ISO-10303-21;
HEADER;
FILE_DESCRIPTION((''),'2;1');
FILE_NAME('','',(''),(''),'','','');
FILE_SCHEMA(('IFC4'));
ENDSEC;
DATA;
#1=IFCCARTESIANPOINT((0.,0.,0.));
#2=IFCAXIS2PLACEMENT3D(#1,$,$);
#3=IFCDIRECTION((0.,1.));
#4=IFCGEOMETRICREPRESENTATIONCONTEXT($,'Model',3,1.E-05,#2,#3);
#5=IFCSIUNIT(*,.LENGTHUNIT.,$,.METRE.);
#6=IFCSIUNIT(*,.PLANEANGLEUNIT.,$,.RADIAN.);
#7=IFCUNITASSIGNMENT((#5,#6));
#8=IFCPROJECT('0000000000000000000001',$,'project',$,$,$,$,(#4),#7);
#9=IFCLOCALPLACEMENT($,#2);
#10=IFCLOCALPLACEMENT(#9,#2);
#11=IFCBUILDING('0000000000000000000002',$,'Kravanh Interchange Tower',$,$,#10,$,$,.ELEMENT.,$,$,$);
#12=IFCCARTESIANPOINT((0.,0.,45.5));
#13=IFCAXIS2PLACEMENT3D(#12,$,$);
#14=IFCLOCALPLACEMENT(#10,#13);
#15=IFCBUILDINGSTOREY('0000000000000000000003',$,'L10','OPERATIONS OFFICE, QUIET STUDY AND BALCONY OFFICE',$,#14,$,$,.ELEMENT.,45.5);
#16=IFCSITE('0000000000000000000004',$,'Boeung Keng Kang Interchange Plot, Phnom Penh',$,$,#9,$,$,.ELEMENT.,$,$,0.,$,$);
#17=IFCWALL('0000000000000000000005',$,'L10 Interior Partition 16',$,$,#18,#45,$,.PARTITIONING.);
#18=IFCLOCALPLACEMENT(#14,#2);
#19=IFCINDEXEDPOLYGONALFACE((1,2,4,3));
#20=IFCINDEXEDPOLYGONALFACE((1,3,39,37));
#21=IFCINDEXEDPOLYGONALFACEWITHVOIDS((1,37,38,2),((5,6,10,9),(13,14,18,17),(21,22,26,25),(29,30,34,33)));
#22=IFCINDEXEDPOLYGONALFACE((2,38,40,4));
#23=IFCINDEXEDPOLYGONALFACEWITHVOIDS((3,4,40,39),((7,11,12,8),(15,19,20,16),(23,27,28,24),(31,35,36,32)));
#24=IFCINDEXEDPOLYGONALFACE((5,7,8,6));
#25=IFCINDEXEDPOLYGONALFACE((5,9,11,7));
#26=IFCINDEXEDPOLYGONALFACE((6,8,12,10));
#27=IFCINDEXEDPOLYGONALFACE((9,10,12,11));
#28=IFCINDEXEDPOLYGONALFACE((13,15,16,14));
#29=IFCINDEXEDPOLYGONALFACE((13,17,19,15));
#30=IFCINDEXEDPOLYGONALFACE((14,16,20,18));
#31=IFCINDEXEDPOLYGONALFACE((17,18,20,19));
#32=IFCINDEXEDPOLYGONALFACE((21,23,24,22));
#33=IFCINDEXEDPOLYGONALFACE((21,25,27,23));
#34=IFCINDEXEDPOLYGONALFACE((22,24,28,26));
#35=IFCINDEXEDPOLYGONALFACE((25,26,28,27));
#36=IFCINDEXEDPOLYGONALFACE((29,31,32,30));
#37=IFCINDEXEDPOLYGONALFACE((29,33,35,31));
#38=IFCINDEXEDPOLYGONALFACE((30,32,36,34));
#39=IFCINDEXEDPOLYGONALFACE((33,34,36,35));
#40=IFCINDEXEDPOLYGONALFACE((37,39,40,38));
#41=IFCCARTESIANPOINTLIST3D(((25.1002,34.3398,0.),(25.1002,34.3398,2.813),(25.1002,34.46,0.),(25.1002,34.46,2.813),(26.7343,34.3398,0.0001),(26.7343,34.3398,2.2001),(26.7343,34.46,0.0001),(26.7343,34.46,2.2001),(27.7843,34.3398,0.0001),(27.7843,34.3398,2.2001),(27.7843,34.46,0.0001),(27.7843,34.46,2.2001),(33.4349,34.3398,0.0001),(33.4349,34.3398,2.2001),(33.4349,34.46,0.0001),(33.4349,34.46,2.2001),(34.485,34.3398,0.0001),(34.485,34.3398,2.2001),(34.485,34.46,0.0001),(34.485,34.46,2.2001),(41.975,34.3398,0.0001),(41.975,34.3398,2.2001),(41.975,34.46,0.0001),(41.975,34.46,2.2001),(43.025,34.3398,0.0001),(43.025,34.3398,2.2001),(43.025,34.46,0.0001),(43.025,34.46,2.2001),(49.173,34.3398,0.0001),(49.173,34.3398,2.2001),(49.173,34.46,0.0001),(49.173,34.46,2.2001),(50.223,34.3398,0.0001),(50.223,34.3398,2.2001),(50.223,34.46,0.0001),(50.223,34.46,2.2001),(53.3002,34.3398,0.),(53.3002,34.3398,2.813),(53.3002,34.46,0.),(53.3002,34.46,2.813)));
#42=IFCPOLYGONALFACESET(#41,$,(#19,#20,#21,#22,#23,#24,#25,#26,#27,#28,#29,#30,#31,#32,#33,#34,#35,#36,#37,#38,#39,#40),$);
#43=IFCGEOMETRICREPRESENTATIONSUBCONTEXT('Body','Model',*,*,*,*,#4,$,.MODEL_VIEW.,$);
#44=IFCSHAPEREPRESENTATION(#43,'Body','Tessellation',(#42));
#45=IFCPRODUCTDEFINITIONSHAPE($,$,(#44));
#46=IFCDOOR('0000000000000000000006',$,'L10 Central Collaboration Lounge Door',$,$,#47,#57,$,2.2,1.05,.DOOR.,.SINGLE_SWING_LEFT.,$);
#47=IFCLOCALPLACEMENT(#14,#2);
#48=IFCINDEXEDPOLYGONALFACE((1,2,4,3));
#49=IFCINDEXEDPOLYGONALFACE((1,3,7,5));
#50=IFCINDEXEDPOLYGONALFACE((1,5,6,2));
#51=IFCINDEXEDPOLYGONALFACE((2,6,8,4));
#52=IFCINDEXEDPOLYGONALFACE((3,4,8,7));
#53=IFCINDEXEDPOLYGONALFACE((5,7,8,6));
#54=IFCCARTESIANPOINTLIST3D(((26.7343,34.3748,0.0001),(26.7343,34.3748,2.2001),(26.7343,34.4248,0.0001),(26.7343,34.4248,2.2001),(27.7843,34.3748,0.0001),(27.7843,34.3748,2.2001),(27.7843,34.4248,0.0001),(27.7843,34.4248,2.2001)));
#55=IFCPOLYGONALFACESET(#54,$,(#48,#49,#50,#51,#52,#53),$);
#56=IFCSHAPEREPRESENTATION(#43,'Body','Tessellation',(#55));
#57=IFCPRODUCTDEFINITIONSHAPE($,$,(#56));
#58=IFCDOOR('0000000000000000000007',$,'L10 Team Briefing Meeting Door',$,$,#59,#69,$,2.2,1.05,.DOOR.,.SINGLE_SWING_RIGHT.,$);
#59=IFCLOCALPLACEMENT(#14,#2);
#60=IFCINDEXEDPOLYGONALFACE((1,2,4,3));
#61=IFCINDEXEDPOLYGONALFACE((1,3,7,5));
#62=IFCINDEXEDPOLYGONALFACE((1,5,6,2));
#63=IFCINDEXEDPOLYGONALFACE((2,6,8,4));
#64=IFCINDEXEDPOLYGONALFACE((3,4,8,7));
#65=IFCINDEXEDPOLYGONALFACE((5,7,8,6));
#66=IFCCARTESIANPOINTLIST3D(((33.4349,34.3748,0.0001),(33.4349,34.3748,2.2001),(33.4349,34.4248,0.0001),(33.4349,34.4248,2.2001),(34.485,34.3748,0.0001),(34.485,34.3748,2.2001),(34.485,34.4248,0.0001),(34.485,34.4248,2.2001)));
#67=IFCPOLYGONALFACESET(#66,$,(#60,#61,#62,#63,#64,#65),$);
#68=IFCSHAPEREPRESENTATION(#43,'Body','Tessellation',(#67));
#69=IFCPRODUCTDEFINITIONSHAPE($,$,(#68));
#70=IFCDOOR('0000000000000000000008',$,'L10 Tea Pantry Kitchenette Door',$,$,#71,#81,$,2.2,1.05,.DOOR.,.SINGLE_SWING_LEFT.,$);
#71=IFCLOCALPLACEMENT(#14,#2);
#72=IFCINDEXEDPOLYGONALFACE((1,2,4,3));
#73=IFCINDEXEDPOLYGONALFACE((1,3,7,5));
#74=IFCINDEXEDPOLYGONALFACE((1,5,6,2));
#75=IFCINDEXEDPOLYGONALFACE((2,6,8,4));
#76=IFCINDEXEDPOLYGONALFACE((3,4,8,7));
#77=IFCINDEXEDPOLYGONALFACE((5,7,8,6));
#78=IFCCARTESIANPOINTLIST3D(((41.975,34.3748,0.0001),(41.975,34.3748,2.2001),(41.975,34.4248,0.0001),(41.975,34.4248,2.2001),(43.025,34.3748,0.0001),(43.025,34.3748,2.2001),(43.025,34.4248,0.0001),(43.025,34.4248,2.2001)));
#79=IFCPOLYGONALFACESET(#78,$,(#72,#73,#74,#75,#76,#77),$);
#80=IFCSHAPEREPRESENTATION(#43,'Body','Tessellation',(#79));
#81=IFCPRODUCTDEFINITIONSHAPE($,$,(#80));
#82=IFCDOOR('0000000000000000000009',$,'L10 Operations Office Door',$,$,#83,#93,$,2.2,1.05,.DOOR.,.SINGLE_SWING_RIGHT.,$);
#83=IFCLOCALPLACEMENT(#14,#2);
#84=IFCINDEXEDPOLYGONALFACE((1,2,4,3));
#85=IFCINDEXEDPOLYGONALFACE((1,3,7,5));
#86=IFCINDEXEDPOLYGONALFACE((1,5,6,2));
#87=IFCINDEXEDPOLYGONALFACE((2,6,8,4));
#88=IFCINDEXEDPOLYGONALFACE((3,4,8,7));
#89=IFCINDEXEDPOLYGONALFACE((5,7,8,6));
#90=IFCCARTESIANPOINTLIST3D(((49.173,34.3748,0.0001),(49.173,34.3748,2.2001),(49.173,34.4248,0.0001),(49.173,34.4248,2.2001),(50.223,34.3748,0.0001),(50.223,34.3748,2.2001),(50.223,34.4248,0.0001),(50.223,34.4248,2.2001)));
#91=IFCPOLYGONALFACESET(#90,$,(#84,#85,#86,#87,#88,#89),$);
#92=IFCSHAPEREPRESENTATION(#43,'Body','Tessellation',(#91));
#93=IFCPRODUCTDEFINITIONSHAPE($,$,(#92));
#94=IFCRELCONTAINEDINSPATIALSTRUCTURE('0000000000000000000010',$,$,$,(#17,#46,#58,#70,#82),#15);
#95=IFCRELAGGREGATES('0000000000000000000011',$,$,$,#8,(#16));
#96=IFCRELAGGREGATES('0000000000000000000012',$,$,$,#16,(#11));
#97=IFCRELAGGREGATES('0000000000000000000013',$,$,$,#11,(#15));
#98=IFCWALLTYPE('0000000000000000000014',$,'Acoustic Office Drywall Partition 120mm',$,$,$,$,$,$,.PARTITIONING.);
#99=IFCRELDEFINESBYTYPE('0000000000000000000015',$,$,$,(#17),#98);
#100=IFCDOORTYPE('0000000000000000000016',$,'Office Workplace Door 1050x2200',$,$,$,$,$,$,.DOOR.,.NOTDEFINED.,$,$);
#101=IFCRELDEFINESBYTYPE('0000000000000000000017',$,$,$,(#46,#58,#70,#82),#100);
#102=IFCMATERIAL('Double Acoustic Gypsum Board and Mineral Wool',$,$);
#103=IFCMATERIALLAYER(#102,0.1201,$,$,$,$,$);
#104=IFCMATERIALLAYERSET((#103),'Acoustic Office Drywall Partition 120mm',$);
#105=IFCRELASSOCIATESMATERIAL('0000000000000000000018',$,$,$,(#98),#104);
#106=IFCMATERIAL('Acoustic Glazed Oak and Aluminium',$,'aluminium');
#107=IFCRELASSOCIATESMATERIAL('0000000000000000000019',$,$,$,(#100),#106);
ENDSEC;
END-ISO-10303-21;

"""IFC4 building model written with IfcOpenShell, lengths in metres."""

from ifc_helpers import new_model, si_unit, direction, frame, frame_2d, origin, place, context, subcontext, project, spatial, rectangle, extrude, material, layer, layer_set, type_object, element, fill, save


model = new_model("IFC4")

# Units and contexts
model_context = context("Model", 3, precision=1e-05, world=origin(), true_north=direction((0.0, 1.0)))
body_context = subcontext(model_context, "Body", "Model", "MODEL_VIEW")
ifc_project = project(units=[si_unit("LENGTHUNIT", "METRE"), si_unit("PLANEANGLEUNIT", "RADIAN")], contexts=[model_context])

# Site, building, storey
site_placement = place(None, origin())
site = spatial("IfcSite", under=ifc_project, at=site_placement, Name="Boeung Keng Kang Interchange Plot, Phnom Penh", CompositionType="ELEMENT", RefElevation=0.0)
building_placement = place(site_placement, origin())
building = spatial("IfcBuilding", under=site, at=building_placement, Name="Kravanh Interchange Tower", CompositionType="ELEMENT")
storey_placement = place(building_placement, frame((0.0, 0.0, 45.5)))
storey = spatial("IfcBuildingStorey", under=building, at=storey_placement, Name="L10", Description="OPERATIONS OFFICE, QUIET STUDY AND BALCONY OFFICE", CompositionType="ELEMENT", Elevation=45.5)

# Wall, openings, doors
ifc_material_1 = material(Name="Double Acoustic Gypsum Board and Mineral Wool")
ifc_layer = layer(ifc_material_1, 0.1201)
ifc_layer_set = layer_set([ifc_layer], Name="Acoustic Office Drywall Partition 120mm")
wall_type = type_object("IfcWallType", Name="Acoustic Office Drywall Partition 120mm", PredefinedType="PARTITIONING", material=ifc_layer_set)
wall_placement = place(storey_placement, frame((25.1001, 34.3999, 0.0), z_axis=(0.0, 0.0, 1.0), x_axis=(1.0, 0.0, 0.0)))
wall = element("IfcWall", 1, at=wall_placement, inside=storey, type_object=wall_type, Name="L10 Interior Partition 16", PredefinedType="PARTITIONING", context=body_context, shape_type="SweptSolid", body=[
    extrude(rectangle(XDim=28.2, YDim=0.1201, at=frame_2d((14.1001, 0.0))), origin(), (0.0, 0.0, 1.0), 2.813),
])
opening_1_placement = place(wall_placement, frame((1.6343, 0.0, 0.0)))
opening_1 = element("IfcOpeningElement", 2, at=opening_1_placement, cuts=wall, PredefinedType="OPENING", context=body_context, shape_type="SweptSolid", body=[
    extrude(rectangle(XDim=1.05, YDim=2.2, at=frame_2d((0.5249, 1.1001))), frame((0.0, 0.0701, 0.0), z_axis=(0.0, -1.0, 0.0), x_axis=(1.0, 0.0, 0.0)), (0.0, 0.0, 1.0), 0.1401),
])
opening_2_placement = place(wall_placement, frame((8.335, 0.0, 0.0)))
opening_2 = element("IfcOpeningElement", 3, at=opening_2_placement, cuts=wall, PredefinedType="OPENING", context=body_context, shape_type="SweptSolid", body=[
    extrude(rectangle(XDim=1.05, YDim=2.2, at=frame_2d((0.5249, 1.1001))), frame((0.0, 0.0701, 0.0), z_axis=(0.0, -1.0, 0.0), x_axis=(1.0, 0.0, 0.0)), (0.0, 0.0, 1.0), 0.1401),
])
opening_3_placement = place(wall_placement, frame((16.875, 0.0, 0.0)))
opening_3 = element("IfcOpeningElement", 4, at=opening_3_placement, cuts=wall, PredefinedType="OPENING", context=body_context, shape_type="SweptSolid", body=[
    extrude(rectangle(XDim=1.05, YDim=2.2, at=frame_2d((0.5249, 1.1001))), frame((0.0, 0.0701, 0.0), z_axis=(0.0, -1.0, 0.0), x_axis=(1.0, 0.0, 0.0)), (0.0, 0.0, 1.0), 0.1401),
])
opening_4_placement = place(wall_placement, frame((24.073, 0.0, 0.0)))
opening_4 = element("IfcOpeningElement", 5, at=opening_4_placement, cuts=wall, PredefinedType="OPENING", context=body_context, shape_type="SweptSolid", body=[
    extrude(rectangle(XDim=1.05, YDim=2.2, at=frame_2d((0.5249, 1.1001))), frame((0.0, 0.0701, 0.0), z_axis=(0.0, -1.0, 0.0), x_axis=(1.0, 0.0, 0.0)), (0.0, 0.0, 1.0), 0.1401),
])
ifc_material_2 = material(Name="Acoustic Glazed Oak and Aluminium", Category="aluminium")
door_type = type_object("IfcDoorType", Name="Office Workplace Door 1050x2200", OperationType="NOTDEFINED", PredefinedType="DOOR", material=ifc_material_2)
door_1_placement = place(opening_1_placement, origin())
door_1 = element("IfcDoor", 6, at=door_1_placement, inside=storey, type_object=door_type, Name="L10 Central Collaboration Lounge Door", OperationType="SINGLE_SWING_LEFT", OverallHeight=2.2, OverallWidth=1.05, PredefinedType="DOOR", context=body_context, shape_type="SweptSolid", body=[
    extrude(rectangle(XDim=1.05, YDim=2.2, at=frame_2d((0.5249, 1.1001))), frame((0.0, 0.0249, 0.0), z_axis=(0.0, -1.0, 0.0), x_axis=(1.0, 0.0, 0.0)), (0.0, 0.0, 1.0), 0.05),
])
fill(opening_1, door_1)
door_2_placement = place(opening_2_placement, origin())
door_2 = element("IfcDoor", 7, at=door_2_placement, inside=storey, type_object=door_type, Name="L10 Team Briefing Meeting Door", OperationType="SINGLE_SWING_RIGHT", OverallHeight=2.2, OverallWidth=1.05, PredefinedType="DOOR", context=body_context, shape_type="SweptSolid", body=[
    extrude(rectangle(XDim=1.05, YDim=2.2, at=frame_2d((0.5249, 1.1001))), frame((0.0, 0.0249, 0.0), z_axis=(0.0, -1.0, 0.0), x_axis=(1.0, 0.0, 0.0)), (0.0, 0.0, 1.0), 0.05),
])
fill(opening_2, door_2)
door_3_placement = place(opening_3_placement, origin())
door_3 = element("IfcDoor", 8, at=door_3_placement, inside=storey, type_object=door_type, Name="L10 Tea Pantry Kitchenette Door", OperationType="SINGLE_SWING_LEFT", OverallHeight=2.2, OverallWidth=1.05, PredefinedType="DOOR", context=body_context, shape_type="SweptSolid", body=[
    extrude(rectangle(XDim=1.05, YDim=2.2, at=frame_2d((0.5249, 1.1001))), frame((0.0, 0.0249, 0.0), z_axis=(0.0, -1.0, 0.0), x_axis=(1.0, 0.0, 0.0)), (0.0, 0.0, 1.0), 0.05),
])
fill(opening_3, door_3)
door_4_placement = place(opening_4_placement, origin())
door_4 = element("IfcDoor", 9, at=door_4_placement, inside=storey, type_object=door_type, Name="L10 Operations Office Door", OperationType="SINGLE_SWING_RIGHT", OverallHeight=2.2, OverallWidth=1.05, PredefinedType="DOOR", context=body_context, shape_type="SweptSolid", body=[
    extrude(rectangle(XDim=1.05, YDim=2.2, at=frame_2d((0.5249, 1.1001))), frame((0.0, 0.0249, 0.0), z_axis=(0.0, -1.0, 0.0), x_axis=(1.0, 0.0, 0.0)), (0.0, 0.0, 1.0), 0.05),
])
fill(opening_4, door_4)

save(model, "model.ifc")
